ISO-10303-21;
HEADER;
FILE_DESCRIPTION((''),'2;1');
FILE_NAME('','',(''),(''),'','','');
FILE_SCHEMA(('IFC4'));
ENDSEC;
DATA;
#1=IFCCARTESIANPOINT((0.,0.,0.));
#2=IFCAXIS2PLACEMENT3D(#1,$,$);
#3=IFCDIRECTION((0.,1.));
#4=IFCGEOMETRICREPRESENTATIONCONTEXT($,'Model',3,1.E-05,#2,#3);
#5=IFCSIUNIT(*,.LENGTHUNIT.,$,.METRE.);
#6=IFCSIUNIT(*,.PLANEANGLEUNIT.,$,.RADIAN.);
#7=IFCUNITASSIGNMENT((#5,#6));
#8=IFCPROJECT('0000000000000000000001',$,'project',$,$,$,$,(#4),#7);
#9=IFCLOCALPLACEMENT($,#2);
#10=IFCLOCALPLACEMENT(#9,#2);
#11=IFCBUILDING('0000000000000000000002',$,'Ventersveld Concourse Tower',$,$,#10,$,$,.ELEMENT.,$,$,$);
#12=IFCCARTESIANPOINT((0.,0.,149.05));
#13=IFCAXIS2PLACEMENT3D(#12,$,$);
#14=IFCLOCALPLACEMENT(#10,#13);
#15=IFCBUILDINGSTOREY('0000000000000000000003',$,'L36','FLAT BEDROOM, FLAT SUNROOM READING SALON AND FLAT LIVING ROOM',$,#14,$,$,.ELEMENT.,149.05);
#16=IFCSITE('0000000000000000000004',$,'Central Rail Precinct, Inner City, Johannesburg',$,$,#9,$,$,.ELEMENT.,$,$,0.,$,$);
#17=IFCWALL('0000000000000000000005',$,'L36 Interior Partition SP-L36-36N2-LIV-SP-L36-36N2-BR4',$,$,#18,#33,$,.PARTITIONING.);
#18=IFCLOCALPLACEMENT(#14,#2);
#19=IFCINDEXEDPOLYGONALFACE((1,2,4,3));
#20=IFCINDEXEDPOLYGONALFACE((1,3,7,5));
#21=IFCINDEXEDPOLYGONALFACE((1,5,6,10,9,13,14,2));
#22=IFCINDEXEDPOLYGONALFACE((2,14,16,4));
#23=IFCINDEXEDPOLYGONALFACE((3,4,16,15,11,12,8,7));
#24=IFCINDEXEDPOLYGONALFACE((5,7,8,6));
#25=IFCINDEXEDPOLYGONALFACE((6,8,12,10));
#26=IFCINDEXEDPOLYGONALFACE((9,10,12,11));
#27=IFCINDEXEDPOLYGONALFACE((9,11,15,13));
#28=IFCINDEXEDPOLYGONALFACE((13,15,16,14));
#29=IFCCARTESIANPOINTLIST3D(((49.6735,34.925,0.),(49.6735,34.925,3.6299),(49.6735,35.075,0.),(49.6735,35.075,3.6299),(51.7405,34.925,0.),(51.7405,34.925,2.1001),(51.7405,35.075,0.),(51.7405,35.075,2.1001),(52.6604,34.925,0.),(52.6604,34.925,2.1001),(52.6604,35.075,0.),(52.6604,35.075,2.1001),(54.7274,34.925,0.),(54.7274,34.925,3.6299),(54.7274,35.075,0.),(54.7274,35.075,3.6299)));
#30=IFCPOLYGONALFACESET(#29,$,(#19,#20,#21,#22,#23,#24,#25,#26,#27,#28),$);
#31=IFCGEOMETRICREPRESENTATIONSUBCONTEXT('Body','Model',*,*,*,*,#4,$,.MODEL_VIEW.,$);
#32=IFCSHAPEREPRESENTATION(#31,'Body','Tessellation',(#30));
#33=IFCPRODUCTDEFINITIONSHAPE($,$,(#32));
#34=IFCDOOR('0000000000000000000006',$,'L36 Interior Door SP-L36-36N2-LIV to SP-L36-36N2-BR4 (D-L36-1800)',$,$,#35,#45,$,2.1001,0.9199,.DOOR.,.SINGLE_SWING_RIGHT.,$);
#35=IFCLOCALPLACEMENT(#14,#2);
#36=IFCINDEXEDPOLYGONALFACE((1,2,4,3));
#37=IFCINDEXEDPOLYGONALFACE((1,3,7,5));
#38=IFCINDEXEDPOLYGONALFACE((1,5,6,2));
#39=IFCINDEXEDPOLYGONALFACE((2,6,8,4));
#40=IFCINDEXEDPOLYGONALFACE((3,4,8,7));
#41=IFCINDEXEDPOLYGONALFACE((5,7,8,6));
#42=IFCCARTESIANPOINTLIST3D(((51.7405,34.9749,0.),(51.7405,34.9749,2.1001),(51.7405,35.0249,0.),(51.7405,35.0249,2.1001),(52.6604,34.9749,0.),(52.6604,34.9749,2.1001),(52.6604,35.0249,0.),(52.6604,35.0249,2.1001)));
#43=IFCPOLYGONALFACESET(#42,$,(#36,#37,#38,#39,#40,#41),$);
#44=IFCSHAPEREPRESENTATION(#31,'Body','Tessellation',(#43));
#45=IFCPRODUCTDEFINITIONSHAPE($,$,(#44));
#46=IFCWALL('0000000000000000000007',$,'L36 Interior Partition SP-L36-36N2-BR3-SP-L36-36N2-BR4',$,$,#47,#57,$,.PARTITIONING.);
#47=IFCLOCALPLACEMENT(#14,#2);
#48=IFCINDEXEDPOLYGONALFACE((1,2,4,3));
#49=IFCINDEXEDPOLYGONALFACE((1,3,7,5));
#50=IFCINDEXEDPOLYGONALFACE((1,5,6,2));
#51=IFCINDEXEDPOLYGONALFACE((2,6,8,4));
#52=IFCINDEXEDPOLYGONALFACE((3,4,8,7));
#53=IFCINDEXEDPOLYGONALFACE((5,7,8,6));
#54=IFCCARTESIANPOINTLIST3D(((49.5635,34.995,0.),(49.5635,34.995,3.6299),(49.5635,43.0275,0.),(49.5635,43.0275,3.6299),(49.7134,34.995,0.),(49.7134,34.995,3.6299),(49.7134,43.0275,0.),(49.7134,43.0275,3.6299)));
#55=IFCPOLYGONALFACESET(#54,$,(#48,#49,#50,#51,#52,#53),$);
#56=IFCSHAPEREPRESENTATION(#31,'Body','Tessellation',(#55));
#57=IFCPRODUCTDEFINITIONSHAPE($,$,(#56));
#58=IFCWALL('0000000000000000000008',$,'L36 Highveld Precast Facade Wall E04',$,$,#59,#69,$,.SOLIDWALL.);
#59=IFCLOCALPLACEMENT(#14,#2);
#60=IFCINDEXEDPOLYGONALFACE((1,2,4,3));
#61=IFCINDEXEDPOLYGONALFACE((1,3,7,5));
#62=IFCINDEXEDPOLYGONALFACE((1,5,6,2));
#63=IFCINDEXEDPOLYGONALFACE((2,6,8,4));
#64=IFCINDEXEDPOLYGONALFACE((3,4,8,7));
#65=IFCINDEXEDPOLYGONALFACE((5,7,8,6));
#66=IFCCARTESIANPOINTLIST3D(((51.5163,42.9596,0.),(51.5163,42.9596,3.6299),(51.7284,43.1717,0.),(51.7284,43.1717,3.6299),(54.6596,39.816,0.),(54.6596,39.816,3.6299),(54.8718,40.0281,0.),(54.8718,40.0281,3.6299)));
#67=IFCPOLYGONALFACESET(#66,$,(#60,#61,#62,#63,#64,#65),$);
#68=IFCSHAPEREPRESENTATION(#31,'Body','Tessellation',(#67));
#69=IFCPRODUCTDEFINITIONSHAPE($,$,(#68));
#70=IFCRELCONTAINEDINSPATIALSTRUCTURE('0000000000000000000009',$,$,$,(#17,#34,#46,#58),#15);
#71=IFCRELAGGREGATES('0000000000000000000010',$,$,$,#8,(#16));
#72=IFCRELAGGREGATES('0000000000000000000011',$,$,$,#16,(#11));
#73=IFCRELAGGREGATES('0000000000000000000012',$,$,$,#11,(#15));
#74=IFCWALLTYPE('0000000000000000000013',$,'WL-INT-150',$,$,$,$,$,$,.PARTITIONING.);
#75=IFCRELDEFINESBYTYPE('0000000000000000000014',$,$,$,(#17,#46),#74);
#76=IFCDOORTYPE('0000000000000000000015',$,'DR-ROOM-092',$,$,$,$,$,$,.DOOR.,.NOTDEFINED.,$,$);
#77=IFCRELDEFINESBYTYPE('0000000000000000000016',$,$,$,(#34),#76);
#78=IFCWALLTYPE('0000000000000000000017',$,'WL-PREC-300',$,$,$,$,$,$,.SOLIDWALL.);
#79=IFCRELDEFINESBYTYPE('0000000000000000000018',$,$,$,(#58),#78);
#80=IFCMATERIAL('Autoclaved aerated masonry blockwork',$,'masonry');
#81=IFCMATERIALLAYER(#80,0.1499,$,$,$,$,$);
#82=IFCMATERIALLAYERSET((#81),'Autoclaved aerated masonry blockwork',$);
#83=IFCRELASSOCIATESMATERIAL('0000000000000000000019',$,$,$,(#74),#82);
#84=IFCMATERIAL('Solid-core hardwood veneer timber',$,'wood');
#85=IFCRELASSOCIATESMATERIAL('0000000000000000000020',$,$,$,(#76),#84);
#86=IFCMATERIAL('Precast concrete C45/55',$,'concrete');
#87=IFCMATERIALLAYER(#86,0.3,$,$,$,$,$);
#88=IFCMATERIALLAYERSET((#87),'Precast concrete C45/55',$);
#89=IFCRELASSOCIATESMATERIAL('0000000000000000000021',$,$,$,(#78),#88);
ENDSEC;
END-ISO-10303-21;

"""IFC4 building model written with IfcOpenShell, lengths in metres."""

from ifc_helpers import new_model, si_unit, direction, frame, frame_2d, origin, place, context, subcontext, project, spatial, rectangle, extrude, material, layer, layer_set, type_object, element, fill, save


model = new_model("IFC4")

# Units and contexts
model_context = context("Model", 3, precision=1e-05, world=origin(), true_north=direction((0.0, 1.0)))
body_context = subcontext(model_context, "Body", "Model", "MODEL_VIEW")
ifc_project = project(units=[si_unit("LENGTHUNIT", "METRE"), si_unit("PLANEANGLEUNIT", "RADIAN")], contexts=[model_context])

# Site, building, storey
site_placement = place(None, origin())
site = spatial("IfcSite", under=ifc_project, at=site_placement, Name="Central Rail Precinct, Inner City, Johannesburg", CompositionType="ELEMENT", RefElevation=0.0)
building_placement = place(site_placement, origin())
building = spatial("IfcBuilding", under=site, at=building_placement, Name="Ventersveld Concourse Tower", CompositionType="ELEMENT")
storey_placement = place(building_placement, frame((0.0, 0.0, 149.05)))
storey = spatial("IfcBuildingStorey", under=building, at=storey_placement, Name="L36", Description="FLAT BEDROOM, FLAT SUNROOM READING SALON AND FLAT LIVING ROOM", CompositionType="ELEMENT", Elevation=149.05)

# Wall, opening, door
ifc_material_1 = material(Name="Autoclaved aerated masonry blockwork", Category="masonry")
ifc_layer_1 = layer(ifc_material_1, 0.1499)
ifc_layer_set_1 = layer_set([ifc_layer_1], Name="Autoclaved aerated masonry blockwork")
wall_type_1 = type_object("IfcWallType", Name="WL-INT-150", PredefinedType="PARTITIONING", material=ifc_layer_set_1)
ifc_material_2 = material(Name="Solid-core hardwood veneer timber", Category="wood")
door_type = type_object("IfcDoorType", Name="DR-ROOM-092", OperationType="NOTDEFINED", PredefinedType="DOOR", material=ifc_material_2)
wall_1_placement = place(storey_placement, frame((49.6736, 35.0, 0.0), z_axis=(0.0, 0.0, 1.0), x_axis=(1.0, 0.0, 0.0)))
wall_1 = element("IfcWall", 1, at=wall_1_placement, inside=storey, type_object=wall_type_1, Name="L36 Interior Partition SP-L36-36N2-LIV-SP-L36-36N2-BR4", PredefinedType="PARTITIONING", context=body_context, shape_type="SweptSolid", body=[
    extrude(rectangle(XDim=5.054, YDim=0.1499, at=frame_2d((2.5269, 0.0))), origin(), (0.0, 0.0, 1.0), 3.6299),
])
opening_1_placement = place(wall_1_placement, frame((2.0669, 0.0, 0.0)))
opening_1 = element("IfcOpeningElement", 2, at=opening_1_placement, cuts=wall_1, PredefinedType="OPENING", context=body_context, shape_type="SweptSolid", body=[
    extrude(rectangle(XDim=0.9199, YDim=2.1001, at=frame_2d((0.46, 1.05))), frame((0.0, 0.085, 0.0), z_axis=(0.0, -1.0, 0.0), x_axis=(1.0, 0.0, 0.0)), (0.0, 0.0, 1.0), 0.1699),
])
door_1_placement = place(opening_1_placement, origin())
door_1 = element("IfcDoor", 3, at=door_1_placement, inside=storey, type_object=door_type, Name="L36 Interior Door SP-L36-36N2-LIV to SP-L36-36N2-BR4 (D-L36-1800)", OperationType="SINGLE_SWING_RIGHT", OverallHeight=2.1001, OverallWidth=0.9199, PredefinedType="DOOR", context=body_context, shape_type="SweptSolid", body=[
    extrude(rectangle(XDim=0.9199, YDim=2.1001, at=frame_2d((0.46, 1.05))), frame((0.0, 0.0249, 0.0), z_axis=(0.0, -1.0, 0.0), x_axis=(1.0, 0.0, 0.0)), (0.0, 0.0, 1.0), 0.05),
])
fill(opening_1, door_1)

# Walls
wall_2_placement = place(storey_placement, frame((49.6384, 34.9951, 0.0), z_axis=(0.0, 0.0, 1.0), x_axis=(0.0, 1.0, 0.0)))
element("IfcWall", 4, at=wall_2_placement, inside=storey, type_object=wall_type_1, Name="L36 Interior Partition SP-L36-36N2-BR3-SP-L36-36N2-BR4", PredefinedType="PARTITIONING", context=body_context, shape_type="SweptSolid", body=[
    extrude(rectangle(XDim=8.0325, YDim=0.1499, at=frame_2d((4.0161, 0.0))), origin(), (0.0, 0.0, 1.0), 3.6299),
])
ifc_material_3 = material(Name="Precast concrete C45/55", Category="concrete")
ifc_layer_2 = layer(ifc_material_3, 0.3)
ifc_layer_set_2 = layer_set([ifc_layer_2], Name="Precast concrete C45/55")
wall_type_2 = type_object("IfcWallType", Name="WL-PREC-300", PredefinedType="SOLIDWALL", material=ifc_layer_set_2)
wall_3_placement = place(storey_placement, frame((54.7656, 39.9221, 0.0), z_axis=(0.0, 0.0, 1.0), x_axis=(-0.707079, 0.707134, 0.0)))
element("IfcWall", 5, at=wall_3_placement, inside=storey, type_object=wall_type_2, Name="L36 Highveld Precast Facade Wall E04", PredefinedType="SOLIDWALL", context=body_context, shape_type="SweptSolid", body=[
    extrude(rectangle(XDim=4.4456, YDim=0.3, at=frame_2d((2.2227, 0.0))), origin(), (0.0, 0.0, 1.0), 3.6299),
])

save(model, "model.ifc")
